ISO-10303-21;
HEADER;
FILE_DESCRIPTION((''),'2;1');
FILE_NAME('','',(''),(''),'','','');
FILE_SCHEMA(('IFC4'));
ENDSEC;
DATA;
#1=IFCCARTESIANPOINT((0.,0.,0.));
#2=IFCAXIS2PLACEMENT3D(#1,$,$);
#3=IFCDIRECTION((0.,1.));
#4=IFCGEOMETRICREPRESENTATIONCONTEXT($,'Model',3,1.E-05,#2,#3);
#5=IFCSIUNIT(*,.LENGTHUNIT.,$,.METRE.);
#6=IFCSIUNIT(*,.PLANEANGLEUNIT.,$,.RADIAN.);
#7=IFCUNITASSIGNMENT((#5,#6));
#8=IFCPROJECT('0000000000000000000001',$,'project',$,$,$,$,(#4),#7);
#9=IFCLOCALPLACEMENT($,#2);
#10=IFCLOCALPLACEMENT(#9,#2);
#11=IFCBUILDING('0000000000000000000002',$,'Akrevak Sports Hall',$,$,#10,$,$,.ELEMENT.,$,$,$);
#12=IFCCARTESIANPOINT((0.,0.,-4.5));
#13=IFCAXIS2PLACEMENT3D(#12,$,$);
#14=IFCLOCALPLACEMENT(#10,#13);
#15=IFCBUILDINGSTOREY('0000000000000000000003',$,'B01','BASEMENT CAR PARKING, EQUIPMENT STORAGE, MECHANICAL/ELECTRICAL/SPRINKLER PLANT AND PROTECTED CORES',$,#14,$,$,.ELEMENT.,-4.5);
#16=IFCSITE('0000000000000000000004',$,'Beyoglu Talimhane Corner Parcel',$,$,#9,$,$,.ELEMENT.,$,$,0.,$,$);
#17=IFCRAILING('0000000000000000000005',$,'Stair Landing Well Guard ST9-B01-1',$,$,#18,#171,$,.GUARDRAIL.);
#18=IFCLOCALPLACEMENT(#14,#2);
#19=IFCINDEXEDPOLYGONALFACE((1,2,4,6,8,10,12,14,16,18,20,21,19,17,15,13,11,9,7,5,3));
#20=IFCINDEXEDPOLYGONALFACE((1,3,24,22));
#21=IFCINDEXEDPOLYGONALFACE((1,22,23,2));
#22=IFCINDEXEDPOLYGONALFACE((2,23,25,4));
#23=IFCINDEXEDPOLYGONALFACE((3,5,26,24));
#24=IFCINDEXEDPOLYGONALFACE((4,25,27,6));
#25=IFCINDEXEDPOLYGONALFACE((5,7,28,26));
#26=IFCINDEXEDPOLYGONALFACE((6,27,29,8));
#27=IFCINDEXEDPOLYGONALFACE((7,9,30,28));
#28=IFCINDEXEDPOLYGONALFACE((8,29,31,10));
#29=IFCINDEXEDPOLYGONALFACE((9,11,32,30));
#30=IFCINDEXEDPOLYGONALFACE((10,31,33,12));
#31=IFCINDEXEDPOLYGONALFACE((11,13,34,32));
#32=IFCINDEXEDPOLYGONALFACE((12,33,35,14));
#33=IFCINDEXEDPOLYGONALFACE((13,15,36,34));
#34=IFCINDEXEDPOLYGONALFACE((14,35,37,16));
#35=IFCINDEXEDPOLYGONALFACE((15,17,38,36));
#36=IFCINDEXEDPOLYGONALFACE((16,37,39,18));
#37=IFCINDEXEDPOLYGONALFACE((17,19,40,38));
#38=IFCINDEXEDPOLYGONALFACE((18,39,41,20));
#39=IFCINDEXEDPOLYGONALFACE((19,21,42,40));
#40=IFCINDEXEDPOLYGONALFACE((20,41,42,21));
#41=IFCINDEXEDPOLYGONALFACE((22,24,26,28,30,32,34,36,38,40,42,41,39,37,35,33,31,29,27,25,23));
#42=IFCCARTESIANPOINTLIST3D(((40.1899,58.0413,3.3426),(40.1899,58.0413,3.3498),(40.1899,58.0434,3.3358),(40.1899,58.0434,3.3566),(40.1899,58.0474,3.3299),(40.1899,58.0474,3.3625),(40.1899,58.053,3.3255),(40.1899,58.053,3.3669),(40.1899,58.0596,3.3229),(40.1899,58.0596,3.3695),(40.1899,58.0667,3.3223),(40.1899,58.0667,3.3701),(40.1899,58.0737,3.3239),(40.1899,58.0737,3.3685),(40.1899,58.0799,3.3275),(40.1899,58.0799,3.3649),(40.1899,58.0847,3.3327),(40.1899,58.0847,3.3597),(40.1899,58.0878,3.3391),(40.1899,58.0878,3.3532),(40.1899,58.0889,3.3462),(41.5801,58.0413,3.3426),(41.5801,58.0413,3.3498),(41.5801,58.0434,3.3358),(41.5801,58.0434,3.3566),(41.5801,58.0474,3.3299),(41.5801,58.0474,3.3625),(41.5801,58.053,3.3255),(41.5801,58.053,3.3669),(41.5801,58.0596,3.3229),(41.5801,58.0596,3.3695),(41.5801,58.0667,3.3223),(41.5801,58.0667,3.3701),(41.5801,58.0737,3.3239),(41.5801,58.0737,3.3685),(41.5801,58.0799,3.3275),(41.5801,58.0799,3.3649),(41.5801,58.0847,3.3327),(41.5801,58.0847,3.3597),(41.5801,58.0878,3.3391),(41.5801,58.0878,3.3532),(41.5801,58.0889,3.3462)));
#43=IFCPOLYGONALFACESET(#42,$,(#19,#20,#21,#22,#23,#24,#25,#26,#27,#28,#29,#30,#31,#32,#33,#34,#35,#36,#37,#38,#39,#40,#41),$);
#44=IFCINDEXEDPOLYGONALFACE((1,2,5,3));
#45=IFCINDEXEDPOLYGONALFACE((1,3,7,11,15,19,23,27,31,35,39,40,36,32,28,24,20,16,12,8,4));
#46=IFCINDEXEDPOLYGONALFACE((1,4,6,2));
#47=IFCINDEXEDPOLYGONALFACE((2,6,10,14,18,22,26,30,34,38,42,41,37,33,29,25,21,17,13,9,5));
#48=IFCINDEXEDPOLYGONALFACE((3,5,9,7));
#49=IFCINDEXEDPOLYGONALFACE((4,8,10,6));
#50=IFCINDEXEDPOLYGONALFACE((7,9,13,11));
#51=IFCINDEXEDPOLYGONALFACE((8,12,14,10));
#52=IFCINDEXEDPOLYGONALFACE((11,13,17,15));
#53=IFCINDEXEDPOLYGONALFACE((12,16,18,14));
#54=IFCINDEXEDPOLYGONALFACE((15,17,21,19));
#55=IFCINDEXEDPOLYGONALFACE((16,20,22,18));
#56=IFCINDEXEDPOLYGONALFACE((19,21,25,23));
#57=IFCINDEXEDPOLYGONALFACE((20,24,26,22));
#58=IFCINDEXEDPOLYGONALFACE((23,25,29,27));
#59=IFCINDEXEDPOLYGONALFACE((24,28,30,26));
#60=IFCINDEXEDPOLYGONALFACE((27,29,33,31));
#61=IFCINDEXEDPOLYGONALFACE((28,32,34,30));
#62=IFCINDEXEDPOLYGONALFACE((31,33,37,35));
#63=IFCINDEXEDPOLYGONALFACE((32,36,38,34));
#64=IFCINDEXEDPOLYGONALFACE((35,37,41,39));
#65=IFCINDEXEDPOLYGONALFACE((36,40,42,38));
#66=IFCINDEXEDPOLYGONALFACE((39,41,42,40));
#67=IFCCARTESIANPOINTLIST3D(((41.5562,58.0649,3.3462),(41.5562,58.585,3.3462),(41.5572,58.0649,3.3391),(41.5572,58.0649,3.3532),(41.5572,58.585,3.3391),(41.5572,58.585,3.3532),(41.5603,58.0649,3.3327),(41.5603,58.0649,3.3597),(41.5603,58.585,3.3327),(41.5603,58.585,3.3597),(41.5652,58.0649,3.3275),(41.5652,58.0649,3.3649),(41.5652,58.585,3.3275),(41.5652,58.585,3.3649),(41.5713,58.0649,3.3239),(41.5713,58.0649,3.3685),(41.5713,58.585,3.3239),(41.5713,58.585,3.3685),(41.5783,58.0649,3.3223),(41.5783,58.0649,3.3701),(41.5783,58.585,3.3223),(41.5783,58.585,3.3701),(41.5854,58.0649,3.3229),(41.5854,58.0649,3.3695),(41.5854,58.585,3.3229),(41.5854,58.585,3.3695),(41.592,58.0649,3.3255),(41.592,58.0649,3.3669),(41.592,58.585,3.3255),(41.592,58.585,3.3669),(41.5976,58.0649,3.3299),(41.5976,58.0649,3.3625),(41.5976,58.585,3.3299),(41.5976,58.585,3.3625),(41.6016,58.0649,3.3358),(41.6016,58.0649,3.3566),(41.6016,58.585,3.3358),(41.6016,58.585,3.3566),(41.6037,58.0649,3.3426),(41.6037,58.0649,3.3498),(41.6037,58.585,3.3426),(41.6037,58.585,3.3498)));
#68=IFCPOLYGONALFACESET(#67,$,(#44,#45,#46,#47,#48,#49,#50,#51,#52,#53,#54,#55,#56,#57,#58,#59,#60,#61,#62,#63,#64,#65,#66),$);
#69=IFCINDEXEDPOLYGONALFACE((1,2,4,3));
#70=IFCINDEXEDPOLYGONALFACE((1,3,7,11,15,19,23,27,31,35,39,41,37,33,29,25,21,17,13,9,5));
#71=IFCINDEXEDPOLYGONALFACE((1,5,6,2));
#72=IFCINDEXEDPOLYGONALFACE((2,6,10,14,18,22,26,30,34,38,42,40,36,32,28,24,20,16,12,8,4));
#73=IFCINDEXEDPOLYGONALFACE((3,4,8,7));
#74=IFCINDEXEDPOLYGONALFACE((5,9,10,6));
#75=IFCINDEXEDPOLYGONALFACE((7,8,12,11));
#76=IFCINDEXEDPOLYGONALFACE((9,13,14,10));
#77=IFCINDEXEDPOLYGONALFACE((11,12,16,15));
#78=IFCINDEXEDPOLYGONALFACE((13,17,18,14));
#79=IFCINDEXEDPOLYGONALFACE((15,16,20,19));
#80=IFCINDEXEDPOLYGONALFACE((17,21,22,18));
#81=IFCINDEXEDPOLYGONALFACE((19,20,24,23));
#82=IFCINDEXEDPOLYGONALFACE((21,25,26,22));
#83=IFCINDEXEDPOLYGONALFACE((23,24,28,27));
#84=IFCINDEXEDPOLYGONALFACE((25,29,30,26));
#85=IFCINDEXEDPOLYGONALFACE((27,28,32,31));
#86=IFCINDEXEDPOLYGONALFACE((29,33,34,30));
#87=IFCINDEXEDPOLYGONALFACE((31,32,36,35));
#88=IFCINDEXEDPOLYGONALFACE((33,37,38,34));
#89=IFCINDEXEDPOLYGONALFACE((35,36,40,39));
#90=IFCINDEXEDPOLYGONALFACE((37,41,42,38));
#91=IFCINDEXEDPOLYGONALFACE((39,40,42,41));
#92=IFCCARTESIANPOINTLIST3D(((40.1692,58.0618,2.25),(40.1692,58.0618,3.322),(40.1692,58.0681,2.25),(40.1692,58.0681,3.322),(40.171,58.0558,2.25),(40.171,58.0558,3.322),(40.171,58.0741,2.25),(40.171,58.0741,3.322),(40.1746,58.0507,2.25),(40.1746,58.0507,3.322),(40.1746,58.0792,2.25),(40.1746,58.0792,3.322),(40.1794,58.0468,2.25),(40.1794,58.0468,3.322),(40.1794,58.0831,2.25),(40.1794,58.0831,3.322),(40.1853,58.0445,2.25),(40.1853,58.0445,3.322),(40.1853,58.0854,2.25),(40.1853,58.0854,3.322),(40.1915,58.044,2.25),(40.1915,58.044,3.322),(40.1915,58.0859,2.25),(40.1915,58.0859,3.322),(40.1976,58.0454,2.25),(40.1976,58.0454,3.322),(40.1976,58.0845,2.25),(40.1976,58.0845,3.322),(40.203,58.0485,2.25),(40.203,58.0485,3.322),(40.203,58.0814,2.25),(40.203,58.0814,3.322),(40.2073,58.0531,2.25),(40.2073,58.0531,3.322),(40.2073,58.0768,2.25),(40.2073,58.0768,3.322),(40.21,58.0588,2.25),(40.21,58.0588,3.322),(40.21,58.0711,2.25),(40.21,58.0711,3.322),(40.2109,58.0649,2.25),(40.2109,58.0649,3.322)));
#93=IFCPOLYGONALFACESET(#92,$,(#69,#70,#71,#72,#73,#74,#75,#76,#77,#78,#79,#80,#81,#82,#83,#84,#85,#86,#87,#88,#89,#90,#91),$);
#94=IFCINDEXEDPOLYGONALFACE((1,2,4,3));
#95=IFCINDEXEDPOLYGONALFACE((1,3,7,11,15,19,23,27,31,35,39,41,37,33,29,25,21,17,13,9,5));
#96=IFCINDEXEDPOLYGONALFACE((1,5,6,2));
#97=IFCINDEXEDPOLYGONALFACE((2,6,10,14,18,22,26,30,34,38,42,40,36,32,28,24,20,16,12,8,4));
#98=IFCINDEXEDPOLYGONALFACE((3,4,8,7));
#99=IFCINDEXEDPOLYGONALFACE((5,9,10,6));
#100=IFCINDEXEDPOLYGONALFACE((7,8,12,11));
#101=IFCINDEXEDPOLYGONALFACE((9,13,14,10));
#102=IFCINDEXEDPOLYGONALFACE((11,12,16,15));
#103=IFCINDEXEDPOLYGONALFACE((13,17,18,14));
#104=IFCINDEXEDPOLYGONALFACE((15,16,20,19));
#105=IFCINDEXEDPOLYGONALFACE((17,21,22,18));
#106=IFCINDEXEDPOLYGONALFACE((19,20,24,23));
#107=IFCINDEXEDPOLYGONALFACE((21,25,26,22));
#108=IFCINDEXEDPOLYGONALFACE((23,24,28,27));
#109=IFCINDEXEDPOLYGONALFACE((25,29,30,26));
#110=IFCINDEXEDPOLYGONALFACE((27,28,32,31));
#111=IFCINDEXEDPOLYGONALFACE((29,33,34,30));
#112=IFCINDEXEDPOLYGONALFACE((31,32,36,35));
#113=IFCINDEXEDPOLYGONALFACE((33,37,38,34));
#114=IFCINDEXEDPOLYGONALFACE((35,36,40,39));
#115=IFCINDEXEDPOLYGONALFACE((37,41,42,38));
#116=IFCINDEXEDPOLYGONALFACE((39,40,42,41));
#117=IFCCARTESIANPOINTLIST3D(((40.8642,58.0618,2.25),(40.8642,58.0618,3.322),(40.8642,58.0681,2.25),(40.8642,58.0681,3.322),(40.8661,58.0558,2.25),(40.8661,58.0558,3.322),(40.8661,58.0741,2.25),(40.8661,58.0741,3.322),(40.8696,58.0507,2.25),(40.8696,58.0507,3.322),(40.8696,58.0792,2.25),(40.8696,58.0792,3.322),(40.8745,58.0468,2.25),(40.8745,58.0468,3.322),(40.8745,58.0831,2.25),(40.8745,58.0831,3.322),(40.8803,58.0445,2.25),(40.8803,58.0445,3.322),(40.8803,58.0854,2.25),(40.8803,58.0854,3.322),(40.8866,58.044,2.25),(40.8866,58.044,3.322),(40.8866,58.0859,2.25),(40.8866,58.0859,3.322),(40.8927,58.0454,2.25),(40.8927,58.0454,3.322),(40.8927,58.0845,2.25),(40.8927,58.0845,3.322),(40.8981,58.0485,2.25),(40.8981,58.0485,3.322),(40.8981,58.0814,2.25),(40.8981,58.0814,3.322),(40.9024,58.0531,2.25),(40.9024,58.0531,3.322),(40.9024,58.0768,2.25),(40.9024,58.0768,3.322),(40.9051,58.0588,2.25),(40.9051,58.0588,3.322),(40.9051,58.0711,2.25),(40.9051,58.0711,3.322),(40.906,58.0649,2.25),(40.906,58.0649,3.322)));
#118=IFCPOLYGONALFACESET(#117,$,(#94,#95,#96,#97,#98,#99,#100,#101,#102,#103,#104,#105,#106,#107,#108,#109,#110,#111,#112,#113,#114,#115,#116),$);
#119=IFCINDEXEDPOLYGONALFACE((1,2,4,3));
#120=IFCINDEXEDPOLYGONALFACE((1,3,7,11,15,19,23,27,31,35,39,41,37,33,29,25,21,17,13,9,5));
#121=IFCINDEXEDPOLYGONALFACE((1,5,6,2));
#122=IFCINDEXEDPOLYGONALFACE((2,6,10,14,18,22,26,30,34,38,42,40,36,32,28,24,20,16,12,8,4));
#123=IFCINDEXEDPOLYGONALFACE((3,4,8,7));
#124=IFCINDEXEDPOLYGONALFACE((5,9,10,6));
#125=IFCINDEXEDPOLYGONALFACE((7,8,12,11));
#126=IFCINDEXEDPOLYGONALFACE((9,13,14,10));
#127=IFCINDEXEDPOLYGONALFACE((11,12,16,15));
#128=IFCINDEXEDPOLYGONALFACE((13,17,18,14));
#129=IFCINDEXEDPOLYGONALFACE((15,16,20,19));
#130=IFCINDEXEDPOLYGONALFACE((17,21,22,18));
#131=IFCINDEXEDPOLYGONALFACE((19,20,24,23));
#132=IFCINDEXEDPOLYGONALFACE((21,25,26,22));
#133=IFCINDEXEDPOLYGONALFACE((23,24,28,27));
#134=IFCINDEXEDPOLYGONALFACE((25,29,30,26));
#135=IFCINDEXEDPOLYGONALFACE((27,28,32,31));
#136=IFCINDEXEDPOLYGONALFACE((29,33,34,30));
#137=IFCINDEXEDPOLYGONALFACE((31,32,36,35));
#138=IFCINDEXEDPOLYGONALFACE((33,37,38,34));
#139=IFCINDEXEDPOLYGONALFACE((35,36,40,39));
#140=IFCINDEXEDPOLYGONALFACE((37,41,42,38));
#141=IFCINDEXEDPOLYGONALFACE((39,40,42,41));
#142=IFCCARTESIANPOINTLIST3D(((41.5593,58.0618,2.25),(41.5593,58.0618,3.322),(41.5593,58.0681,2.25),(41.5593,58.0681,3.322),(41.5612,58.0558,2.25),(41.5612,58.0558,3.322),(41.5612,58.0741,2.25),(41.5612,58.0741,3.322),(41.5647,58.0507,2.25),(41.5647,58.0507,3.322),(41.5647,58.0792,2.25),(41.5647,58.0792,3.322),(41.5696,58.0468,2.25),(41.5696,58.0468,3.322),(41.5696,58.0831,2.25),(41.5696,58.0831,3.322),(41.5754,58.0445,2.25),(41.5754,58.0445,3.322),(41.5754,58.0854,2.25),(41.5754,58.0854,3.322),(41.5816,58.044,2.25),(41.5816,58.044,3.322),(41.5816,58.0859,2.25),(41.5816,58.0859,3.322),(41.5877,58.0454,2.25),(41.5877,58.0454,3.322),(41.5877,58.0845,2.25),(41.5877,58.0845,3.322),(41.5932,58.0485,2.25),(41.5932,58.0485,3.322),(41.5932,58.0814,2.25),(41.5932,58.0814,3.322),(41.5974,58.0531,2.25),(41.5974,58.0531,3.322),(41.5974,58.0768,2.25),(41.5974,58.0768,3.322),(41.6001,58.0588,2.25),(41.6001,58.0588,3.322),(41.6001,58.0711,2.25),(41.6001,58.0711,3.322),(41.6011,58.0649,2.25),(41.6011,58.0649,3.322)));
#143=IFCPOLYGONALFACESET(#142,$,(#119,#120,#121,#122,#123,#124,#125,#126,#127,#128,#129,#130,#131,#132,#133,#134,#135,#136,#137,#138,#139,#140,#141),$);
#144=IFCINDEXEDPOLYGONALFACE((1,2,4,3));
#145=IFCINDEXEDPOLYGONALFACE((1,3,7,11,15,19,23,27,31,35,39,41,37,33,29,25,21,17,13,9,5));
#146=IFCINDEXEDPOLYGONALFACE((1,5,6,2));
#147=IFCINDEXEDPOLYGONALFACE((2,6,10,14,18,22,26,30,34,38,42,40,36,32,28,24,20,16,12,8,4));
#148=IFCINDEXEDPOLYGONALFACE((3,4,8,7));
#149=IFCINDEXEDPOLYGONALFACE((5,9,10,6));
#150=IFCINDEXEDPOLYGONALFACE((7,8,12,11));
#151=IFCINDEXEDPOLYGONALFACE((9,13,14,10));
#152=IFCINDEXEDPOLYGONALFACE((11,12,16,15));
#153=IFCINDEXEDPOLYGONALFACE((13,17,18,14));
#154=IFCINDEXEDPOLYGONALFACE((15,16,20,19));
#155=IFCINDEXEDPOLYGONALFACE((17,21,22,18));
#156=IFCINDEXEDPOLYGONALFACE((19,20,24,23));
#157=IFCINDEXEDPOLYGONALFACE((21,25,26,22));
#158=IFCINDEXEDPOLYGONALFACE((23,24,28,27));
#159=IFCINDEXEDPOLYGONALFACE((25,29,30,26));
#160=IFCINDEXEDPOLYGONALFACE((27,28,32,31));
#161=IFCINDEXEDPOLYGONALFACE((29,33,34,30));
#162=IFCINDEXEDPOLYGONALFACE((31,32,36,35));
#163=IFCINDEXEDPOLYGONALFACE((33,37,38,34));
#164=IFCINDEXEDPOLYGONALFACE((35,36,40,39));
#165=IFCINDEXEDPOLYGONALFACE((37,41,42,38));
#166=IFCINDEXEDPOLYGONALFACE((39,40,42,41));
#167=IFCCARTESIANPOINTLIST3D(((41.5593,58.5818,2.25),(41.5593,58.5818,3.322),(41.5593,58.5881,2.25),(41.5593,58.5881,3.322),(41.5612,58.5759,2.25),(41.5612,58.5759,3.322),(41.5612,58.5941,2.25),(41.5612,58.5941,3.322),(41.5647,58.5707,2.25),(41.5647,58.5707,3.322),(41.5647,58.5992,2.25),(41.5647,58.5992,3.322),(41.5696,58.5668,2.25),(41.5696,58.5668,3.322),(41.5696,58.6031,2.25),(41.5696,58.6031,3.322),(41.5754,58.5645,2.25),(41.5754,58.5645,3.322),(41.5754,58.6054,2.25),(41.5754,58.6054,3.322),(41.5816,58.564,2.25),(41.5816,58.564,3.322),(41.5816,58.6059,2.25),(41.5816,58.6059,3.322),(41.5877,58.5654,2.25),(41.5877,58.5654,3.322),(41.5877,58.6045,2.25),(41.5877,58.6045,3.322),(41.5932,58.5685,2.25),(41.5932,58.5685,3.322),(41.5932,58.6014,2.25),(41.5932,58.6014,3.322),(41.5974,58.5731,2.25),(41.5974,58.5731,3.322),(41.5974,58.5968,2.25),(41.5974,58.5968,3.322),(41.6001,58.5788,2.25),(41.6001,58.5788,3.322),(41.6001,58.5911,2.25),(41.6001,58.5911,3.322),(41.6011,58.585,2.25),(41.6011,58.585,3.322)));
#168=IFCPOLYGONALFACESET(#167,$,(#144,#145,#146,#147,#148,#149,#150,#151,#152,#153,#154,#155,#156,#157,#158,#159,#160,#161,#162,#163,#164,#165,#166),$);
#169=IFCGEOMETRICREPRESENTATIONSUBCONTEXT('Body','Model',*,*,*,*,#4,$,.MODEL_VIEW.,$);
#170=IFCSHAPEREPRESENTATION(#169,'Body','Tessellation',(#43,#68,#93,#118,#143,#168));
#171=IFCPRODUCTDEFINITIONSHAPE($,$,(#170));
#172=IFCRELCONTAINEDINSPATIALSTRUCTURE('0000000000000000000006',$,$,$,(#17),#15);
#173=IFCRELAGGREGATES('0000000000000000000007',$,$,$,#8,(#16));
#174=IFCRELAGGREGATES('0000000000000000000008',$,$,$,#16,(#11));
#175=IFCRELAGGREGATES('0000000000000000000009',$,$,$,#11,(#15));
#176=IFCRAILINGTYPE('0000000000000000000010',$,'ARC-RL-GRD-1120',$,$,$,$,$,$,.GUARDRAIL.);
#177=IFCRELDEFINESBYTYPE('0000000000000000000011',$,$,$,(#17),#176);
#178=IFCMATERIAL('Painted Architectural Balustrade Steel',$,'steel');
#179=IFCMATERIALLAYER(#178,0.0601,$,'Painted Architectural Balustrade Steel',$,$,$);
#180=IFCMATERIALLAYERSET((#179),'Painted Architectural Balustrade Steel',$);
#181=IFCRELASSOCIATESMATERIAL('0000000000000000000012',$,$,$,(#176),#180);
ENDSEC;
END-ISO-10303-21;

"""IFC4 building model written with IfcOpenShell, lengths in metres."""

from ifc_helpers import new_model, si_unit, direction, frame, origin, origin_2d, place, context, subcontext, project, spatial, circle, extrude, material, layer, layer_set, type_object, element, save


model = new_model("IFC4")

# Units and contexts
model_context = context("Model", 3, precision=1e-05, world=origin(), true_north=direction((0.0, 1.0)))
body_context = subcontext(model_context, "Body", "Model", "MODEL_VIEW")
ifc_project = project(units=[si_unit("LENGTHUNIT", "METRE"), si_unit("PLANEANGLEUNIT", "RADIAN")], contexts=[model_context])

# Site, building, storey
site_placement = place(None, origin())
site = spatial("IfcSite", under=ifc_project, at=site_placement, Name="Beyoglu Talimhane Corner Parcel", CompositionType="ELEMENT", RefElevation=0.0)
building_placement = place(site_placement, origin())
building = spatial("IfcBuilding", under=site, at=building_placement, Name="Akrevak Sports Hall", CompositionType="ELEMENT")
storey_placement = place(building_placement, frame((0.0, 0.0, -4.5)))
storey = spatial("IfcBuildingStorey", under=building, at=storey_placement, Name="B01", Description="BASEMENT CAR PARKING, EQUIPMENT STORAGE, MECHANICAL/ELECTRICAL/SPRINKLER PLANT AND PROTECTED CORES", CompositionType="ELEMENT", Elevation=-4.5)

# Railing
ifc_material_1 = material(Name="Painted Architectural Balustrade Steel", Category="steel")
ifc_layer_1 = layer(ifc_material_1, 0.0601, Name="Painted Architectural Balustrade Steel")
ifc_layer_set_1 = layer_set([ifc_layer_1], Name="Painted Architectural Balustrade Steel")
railing_type_1 = type_object("IfcRailingType", Name="ARC-RL-GRD-1120", PredefinedType="GUARDRAIL", material=ifc_layer_set_1)
railing_1_placement = place(storey_placement, frame((40.1899, 58.0649, 2.25)))
element("IfcRailing", 1, at=railing_1_placement, inside=storey, type_object=railing_type_1, Name="Stair Landing Well Guard ST9-B01-1", PredefinedType="GUARDRAIL", context=body_context, shape_type="SweptSolid", body=[
    extrude(circle(Radius=0.0239, at=origin_2d()), frame((0.0, 0.0, 1.0962), z_axis=(1.0, 0.0, 0.0), x_axis=(0.0, 1.0, 0.0)), (0.0, 0.0, 1.0), 1.3901),
    extrude(circle(Radius=0.0239, at=origin_2d()), frame((1.3901, 0.0, 1.0962), z_axis=(0.0, 1.0, 0.0), x_axis=(-1.0, 0.0, 0.0)), (0.0, 0.0, 1.0), 0.52),
    extrude(circle(Radius=0.021, at=origin_2d()), origin(), (0.0, 0.0, 1.0), 1.072),
    extrude(circle(Radius=0.021, at=origin_2d()), frame((0.6951, 0.0, 0.0)), (0.0, 0.0, 1.0), 1.072),
    extrude(circle(Radius=0.021, at=origin_2d()), frame((1.3901, 0.0, 0.0)), (0.0, 0.0, 1.0), 1.072),
    extrude(circle(Radius=0.021, at=origin_2d()), frame((1.3901, 0.52, 0.0)), (0.0, 0.0, 1.0), 1.072),
])

save(model, "model.ifc")
